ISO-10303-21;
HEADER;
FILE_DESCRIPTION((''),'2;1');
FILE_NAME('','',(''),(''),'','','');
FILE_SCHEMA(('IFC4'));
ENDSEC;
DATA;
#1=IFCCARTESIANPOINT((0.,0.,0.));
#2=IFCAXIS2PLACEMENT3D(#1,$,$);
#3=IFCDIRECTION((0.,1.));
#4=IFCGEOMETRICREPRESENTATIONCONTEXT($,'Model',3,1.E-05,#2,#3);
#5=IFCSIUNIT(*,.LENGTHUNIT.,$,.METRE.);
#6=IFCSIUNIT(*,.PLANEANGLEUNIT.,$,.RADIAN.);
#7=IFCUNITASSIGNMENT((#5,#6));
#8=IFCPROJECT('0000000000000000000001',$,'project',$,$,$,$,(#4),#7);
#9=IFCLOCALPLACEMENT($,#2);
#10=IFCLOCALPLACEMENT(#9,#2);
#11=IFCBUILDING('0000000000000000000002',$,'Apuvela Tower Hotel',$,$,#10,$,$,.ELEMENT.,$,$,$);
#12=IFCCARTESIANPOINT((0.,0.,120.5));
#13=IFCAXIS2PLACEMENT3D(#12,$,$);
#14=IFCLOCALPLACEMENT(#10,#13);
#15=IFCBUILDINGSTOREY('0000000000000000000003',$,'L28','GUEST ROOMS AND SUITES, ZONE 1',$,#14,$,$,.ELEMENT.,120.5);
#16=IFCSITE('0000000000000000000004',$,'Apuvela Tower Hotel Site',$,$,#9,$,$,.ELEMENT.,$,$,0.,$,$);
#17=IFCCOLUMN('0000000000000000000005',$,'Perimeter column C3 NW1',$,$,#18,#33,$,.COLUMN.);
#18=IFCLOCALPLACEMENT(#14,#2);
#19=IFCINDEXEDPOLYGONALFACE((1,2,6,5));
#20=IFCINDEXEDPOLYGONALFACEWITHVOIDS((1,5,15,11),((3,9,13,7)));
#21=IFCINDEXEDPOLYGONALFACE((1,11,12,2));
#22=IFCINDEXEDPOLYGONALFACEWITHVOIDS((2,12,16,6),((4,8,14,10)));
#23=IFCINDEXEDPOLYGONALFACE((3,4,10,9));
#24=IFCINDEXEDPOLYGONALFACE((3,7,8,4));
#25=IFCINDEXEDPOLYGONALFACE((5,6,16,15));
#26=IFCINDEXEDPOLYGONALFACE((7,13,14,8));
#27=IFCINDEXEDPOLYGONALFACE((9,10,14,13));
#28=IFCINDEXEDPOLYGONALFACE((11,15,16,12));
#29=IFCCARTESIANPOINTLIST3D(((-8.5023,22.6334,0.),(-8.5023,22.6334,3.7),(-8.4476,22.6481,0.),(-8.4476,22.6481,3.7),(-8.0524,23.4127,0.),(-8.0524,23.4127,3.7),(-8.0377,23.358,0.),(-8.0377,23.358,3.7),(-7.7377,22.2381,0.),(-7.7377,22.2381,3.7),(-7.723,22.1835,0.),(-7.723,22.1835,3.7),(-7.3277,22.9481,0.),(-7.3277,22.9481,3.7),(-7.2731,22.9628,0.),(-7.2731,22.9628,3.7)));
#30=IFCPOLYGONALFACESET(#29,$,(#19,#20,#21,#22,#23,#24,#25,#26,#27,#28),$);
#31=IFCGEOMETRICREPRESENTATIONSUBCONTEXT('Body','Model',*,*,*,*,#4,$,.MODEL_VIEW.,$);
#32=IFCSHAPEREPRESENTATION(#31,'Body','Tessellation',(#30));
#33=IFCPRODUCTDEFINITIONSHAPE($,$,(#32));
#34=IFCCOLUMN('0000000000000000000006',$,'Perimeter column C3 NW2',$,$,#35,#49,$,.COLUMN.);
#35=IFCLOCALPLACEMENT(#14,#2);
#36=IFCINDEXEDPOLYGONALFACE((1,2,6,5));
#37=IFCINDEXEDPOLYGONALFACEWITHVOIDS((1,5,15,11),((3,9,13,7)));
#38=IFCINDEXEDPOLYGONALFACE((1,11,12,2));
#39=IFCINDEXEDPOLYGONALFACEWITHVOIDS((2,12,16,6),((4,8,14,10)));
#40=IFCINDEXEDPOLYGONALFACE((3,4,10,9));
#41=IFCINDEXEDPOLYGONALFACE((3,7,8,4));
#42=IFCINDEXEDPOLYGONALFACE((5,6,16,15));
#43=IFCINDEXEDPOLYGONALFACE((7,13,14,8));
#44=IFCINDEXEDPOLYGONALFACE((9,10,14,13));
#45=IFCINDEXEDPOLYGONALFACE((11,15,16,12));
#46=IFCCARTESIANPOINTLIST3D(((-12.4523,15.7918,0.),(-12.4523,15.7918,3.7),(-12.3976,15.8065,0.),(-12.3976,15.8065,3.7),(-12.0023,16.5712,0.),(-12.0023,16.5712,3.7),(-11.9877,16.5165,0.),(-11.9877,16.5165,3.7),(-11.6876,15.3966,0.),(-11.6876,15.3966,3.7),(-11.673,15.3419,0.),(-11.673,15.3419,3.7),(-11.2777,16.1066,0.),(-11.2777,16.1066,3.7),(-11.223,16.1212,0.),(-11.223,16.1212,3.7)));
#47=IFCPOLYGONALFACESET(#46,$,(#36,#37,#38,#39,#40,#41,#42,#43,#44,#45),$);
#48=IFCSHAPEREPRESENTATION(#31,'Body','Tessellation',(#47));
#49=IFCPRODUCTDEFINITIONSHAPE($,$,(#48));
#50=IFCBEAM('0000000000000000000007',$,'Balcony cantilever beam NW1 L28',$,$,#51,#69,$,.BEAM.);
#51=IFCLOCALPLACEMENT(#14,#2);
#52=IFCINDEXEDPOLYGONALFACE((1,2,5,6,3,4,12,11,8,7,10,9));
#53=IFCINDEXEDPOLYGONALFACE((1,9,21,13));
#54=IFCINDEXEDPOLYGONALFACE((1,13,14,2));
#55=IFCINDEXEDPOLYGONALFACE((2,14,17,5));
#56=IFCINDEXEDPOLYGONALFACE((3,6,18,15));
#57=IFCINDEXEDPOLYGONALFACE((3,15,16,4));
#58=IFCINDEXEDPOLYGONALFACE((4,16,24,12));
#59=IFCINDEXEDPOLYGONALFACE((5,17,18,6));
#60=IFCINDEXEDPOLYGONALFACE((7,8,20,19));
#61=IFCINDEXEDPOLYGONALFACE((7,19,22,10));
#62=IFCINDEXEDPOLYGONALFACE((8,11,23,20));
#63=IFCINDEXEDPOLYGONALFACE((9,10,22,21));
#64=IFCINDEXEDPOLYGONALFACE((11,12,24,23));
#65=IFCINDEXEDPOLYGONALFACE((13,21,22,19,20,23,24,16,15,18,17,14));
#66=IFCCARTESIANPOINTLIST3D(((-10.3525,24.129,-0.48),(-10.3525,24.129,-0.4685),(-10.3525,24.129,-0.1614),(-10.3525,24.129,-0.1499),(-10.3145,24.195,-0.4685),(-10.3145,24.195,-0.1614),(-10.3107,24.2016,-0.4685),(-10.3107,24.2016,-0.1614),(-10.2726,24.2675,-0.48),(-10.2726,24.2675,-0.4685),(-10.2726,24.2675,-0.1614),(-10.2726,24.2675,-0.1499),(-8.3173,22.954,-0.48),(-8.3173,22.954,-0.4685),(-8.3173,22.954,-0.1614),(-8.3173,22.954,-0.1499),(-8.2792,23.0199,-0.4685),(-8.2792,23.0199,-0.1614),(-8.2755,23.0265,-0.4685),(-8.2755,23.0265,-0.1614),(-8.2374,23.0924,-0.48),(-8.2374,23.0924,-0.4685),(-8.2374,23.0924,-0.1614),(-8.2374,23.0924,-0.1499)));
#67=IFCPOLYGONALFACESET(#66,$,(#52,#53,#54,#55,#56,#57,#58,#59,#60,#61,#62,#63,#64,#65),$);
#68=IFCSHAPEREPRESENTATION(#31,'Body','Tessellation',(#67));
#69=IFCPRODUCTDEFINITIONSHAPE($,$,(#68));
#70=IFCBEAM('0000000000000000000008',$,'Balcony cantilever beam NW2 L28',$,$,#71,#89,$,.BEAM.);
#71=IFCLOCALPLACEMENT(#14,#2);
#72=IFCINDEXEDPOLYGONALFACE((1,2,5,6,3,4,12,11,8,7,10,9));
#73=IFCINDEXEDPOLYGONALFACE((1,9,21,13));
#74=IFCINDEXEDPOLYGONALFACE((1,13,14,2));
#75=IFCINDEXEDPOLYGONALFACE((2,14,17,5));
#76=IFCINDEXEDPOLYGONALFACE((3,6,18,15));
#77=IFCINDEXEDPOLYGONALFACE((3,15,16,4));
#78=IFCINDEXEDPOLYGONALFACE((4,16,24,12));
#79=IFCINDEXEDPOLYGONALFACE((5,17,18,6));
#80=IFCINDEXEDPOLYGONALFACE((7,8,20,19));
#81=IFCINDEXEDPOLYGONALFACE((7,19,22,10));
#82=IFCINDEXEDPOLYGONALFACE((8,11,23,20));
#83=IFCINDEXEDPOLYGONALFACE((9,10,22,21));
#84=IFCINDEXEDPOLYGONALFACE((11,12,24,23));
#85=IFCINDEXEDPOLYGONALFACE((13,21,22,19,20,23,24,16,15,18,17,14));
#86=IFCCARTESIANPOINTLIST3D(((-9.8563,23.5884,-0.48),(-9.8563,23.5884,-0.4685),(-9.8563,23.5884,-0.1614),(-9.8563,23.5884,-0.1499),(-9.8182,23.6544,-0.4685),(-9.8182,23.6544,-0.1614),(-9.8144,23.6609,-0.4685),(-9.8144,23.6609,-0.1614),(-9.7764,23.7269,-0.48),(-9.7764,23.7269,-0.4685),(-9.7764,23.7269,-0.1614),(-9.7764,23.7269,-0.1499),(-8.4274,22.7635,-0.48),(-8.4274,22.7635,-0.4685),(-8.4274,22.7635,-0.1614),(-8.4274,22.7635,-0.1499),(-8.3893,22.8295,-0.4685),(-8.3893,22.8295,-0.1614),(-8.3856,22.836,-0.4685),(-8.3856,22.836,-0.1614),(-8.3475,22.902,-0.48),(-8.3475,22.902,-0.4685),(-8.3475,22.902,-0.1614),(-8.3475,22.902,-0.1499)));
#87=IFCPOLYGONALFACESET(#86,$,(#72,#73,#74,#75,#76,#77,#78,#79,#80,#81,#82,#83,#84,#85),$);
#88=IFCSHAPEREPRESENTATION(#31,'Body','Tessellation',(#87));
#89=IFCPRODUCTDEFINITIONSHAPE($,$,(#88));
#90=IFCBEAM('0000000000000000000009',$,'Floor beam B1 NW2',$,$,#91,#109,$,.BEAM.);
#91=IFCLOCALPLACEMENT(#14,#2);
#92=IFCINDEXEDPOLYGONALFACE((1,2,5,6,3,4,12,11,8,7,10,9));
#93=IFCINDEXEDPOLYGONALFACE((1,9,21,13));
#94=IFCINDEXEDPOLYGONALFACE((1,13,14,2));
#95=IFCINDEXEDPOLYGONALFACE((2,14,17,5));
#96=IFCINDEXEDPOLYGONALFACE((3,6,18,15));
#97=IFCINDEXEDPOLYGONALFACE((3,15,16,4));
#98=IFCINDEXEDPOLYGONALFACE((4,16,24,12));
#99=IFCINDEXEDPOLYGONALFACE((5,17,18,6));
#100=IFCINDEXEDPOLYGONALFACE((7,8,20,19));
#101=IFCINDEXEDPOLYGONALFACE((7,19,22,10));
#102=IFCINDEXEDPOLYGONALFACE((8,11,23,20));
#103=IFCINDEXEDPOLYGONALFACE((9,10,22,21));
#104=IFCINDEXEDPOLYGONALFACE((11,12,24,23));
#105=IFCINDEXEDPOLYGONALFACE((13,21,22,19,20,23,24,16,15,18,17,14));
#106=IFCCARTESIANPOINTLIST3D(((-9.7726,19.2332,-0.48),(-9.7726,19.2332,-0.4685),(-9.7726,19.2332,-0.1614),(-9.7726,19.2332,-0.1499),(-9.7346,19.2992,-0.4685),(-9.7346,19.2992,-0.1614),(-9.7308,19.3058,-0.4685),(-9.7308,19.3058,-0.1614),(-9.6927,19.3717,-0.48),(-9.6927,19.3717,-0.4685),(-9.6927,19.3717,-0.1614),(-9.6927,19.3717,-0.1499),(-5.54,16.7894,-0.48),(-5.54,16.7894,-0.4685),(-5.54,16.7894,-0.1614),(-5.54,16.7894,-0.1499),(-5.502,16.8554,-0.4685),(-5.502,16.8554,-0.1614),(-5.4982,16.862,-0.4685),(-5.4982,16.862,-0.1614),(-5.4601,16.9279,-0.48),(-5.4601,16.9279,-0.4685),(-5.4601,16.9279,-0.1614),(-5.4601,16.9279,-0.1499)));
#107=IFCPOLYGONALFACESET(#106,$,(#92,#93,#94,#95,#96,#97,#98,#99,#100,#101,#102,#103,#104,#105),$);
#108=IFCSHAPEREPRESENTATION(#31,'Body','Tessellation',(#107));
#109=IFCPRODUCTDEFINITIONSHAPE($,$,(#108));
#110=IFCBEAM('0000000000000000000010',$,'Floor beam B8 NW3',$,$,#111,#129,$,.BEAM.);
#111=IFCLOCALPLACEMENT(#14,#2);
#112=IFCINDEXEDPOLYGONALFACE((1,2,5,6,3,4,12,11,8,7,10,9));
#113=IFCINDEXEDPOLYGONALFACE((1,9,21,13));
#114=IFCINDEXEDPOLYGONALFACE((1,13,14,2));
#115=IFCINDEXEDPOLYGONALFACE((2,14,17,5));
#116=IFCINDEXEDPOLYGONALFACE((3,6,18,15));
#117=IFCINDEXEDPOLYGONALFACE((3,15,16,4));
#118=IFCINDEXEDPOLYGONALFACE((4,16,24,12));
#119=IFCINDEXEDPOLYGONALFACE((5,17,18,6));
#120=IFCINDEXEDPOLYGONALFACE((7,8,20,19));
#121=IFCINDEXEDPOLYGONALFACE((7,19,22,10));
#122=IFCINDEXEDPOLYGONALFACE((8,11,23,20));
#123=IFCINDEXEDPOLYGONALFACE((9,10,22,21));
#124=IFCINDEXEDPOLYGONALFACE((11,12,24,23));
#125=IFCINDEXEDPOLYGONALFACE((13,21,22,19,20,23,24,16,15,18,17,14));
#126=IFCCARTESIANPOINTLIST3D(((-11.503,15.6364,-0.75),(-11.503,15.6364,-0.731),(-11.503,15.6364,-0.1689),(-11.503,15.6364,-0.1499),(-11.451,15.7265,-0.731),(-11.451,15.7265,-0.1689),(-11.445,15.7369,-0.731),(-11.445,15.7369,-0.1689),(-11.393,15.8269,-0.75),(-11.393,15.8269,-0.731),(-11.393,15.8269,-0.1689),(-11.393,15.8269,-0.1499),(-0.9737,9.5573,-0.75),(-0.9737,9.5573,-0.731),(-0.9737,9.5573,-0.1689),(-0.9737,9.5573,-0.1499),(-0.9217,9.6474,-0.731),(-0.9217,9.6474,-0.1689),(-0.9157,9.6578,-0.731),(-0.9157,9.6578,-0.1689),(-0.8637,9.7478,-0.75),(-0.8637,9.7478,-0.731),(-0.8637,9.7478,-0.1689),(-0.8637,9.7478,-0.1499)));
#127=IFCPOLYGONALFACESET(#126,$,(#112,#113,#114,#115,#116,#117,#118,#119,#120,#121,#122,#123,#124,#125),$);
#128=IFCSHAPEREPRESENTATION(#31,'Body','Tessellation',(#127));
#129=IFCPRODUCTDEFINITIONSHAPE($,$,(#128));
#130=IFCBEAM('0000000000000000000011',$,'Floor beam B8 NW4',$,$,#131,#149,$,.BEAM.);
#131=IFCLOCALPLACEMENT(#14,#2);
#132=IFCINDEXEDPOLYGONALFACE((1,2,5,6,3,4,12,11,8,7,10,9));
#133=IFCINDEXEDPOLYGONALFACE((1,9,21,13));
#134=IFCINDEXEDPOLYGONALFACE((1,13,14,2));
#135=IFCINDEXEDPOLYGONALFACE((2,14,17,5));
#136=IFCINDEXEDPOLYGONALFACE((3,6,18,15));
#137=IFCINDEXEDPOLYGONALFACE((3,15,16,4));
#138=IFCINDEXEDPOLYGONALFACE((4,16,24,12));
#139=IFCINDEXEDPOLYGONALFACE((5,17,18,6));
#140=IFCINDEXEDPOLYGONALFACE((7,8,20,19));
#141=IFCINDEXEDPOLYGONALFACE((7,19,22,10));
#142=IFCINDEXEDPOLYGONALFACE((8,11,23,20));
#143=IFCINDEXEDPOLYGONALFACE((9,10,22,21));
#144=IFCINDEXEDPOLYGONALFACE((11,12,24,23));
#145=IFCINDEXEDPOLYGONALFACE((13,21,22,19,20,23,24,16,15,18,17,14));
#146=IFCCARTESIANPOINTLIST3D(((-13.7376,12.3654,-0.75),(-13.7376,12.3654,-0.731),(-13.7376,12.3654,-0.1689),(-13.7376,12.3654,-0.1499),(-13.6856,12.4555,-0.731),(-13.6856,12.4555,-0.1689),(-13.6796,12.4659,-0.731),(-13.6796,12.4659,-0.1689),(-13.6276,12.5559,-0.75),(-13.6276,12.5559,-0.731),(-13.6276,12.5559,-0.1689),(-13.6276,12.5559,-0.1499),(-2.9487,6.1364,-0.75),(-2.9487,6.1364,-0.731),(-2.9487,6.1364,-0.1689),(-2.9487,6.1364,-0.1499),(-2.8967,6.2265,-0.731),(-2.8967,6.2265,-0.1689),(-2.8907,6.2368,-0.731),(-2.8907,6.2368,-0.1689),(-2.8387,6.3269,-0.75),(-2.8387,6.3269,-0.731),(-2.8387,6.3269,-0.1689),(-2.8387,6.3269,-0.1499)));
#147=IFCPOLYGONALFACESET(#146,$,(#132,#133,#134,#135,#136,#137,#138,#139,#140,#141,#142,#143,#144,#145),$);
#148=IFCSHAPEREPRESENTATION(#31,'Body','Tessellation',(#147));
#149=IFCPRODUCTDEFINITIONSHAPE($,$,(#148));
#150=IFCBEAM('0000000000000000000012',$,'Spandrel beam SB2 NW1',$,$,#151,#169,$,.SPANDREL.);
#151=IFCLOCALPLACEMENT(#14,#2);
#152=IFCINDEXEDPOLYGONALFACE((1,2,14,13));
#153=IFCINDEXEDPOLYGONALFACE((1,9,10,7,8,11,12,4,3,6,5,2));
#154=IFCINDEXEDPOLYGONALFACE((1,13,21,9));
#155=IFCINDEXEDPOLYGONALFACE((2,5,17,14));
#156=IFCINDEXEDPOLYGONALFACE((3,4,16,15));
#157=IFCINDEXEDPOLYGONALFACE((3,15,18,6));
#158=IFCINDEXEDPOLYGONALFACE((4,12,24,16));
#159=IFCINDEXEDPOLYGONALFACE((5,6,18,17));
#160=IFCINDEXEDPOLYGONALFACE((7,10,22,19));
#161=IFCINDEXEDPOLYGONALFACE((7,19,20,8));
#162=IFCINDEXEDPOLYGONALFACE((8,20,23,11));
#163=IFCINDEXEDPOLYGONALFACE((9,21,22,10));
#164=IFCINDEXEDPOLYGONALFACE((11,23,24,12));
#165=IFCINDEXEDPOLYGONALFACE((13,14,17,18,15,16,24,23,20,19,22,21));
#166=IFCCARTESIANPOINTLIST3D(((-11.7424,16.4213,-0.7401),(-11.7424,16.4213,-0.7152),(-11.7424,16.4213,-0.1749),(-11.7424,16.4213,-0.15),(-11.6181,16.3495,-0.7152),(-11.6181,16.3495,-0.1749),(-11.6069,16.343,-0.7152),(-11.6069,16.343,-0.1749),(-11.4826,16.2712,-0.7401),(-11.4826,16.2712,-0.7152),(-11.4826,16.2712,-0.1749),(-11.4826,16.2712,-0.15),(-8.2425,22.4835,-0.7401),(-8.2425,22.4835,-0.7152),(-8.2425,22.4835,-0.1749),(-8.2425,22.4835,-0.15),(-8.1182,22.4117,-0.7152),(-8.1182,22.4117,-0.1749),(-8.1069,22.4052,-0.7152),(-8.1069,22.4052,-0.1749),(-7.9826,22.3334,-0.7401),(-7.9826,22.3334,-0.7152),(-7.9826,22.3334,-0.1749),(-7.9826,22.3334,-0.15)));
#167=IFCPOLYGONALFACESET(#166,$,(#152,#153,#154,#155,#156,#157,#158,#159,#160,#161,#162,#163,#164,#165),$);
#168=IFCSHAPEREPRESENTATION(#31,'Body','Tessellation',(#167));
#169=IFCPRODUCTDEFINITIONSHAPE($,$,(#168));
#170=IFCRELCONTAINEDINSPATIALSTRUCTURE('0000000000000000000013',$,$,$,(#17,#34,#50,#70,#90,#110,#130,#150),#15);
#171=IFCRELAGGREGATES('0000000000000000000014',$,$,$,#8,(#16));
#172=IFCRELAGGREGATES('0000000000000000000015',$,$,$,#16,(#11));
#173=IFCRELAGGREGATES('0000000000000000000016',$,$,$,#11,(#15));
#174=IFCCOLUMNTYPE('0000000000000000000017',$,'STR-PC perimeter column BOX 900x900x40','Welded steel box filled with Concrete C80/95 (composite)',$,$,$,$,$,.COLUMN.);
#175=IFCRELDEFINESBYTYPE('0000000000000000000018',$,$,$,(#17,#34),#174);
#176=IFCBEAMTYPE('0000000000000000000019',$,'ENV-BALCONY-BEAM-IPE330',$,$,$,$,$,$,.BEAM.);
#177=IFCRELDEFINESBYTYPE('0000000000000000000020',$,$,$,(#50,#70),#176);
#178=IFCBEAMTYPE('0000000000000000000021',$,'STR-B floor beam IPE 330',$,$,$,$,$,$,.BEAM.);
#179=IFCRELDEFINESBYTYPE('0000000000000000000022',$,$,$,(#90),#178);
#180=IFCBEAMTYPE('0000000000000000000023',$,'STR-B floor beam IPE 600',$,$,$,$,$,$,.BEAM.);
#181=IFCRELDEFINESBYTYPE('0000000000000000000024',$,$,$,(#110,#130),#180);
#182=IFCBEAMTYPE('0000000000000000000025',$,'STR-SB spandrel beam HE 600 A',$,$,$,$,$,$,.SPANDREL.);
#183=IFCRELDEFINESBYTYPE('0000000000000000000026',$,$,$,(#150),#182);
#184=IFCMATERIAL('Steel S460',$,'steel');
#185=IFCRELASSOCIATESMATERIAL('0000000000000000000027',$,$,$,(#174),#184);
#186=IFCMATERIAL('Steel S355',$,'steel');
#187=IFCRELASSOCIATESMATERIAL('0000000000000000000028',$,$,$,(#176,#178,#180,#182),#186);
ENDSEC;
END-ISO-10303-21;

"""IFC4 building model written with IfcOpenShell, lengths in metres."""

from ifc_helpers import new_model, si_unit, direction, frame, origin, origin_2d, place, context, subcontext, project, spatial, rectangle, hollow_rectangle, i_section, extrude, material, material_profile, profile_set, type_object, element, save


model = new_model("IFC4")

# Units and contexts
model_context = context("Model", 3, precision=1e-05, world=origin(), true_north=direction((0.0, 1.0)))
body_context = subcontext(model_context, "Body", "Model", "MODEL_VIEW")
ifc_project = project(units=[si_unit("LENGTHUNIT", "METRE"), si_unit("PLANEANGLEUNIT", "RADIAN")], contexts=[model_context])

# Site, building, storey
site_placement = place(None, origin())
site = spatial("IfcSite", under=ifc_project, at=site_placement, Name="Apuvela Tower Hotel Site", CompositionType="ELEMENT", RefElevation=0.0)
building_placement = place(site_placement, origin())
building = spatial("IfcBuilding", under=site, at=building_placement, Name="Apuvela Tower Hotel", CompositionType="ELEMENT")
storey_placement = place(building_placement, frame((0.0, 0.0, 120.5)))
storey = spatial("IfcBuildingStorey", under=building, at=storey_placement, Name="L28", Description="GUEST ROOMS AND SUITES, ZONE 1", CompositionType="ELEMENT", Elevation=120.5)

# Columns
ifc_material_1 = material(Name="Steel S460", Category="steel")
ifc_material_profile_1 = material_profile(ifc_material_1, hollow_rectangle(XDim=0.8999, YDim=0.8999, WallThickness=0.04, at=origin_2d()), Name="BOX 900x900x40")
ifc_material_2 = material(Name="Concrete C80/95", Category="concrete")
ifc_material_profile_2 = material_profile(ifc_material_2, rectangle(XDim=0.8201, YDim=0.8201, at=origin_2d()), Name="Concrete C80/95 infill")
ifc_profile_set_1 = profile_set([ifc_material_profile_1, ifc_material_profile_2], Name="Steel S460")
column_type = type_object("IfcColumnType", Name="STR-PC perimeter column BOX 900x900x40", Description="Welded steel box filled with Concrete C80/95 (composite)", PredefinedType="COLUMN", material=ifc_profile_set_1)
for number, where, z_axis, x_axis, name in (
    (1, (-7.8877, 22.7981, 0.0), (0.0, 0.0, 1.0), (0.5, 0.866025, 0.0), "Perimeter column C3 NW1"),
    (2, (-11.8376, 15.9565, 0.0), (0.0, 0.0, 1.0), (0.5, 0.866025, 0.0), "Perimeter column C3 NW2"),
):
    element("IfcColumn", number, at=place(storey_placement, frame(where, z_axis=z_axis, x_axis=x_axis)), inside=storey, type_object=column_type, Name=name, PredefinedType="COLUMN", context=body_context, shape_type="SweptSolid", body=[
        extrude(hollow_rectangle(XDim=0.8999, YDim=0.8999, WallThickness=0.04, at=origin_2d()), origin(), (0.0, 0.0, 1.0), 3.7),
    ])

# Beams
ifc_material_3 = material(Name="Steel S355", Category="steel")
ifc_material_profile_3 = material_profile(ifc_material_3, i_section(OverallWidth=0.1599, OverallDepth=0.3301, WebThickness=0.0076, FlangeThickness=0.0115, at=origin_2d()), Name="IPE 330")
ifc_profile_set_2 = profile_set([ifc_material_profile_3], Name="Steel S355")
beam_type_1 = type_object("IfcBeamType", Name="ENV-BALCONY-BEAM-IPE330", PredefinedType="BEAM", material=ifc_profile_set_2)
beam_1_placement = place(storey_placement, frame((-8.2773, 23.0232, -0.3149), z_axis=(-0.866016, 0.500016, 0.0), x_axis=(-0.500016, -0.866016, 0.0)))
element("IfcBeam", 3, at=beam_1_placement, inside=storey, type_object=beam_type_1, Name="Balcony cantilever beam NW1 L28", PredefinedType="BEAM", context=body_context, shape_type="SweptSolid", body=[
    extrude(i_section(OverallWidth=0.1599, OverallDepth=0.3301, WebThickness=0.0076, FlangeThickness=0.0115, at=origin_2d()), origin(), (0.0, 0.0, 1.0), 2.3501),
])
beam_2_placement = place(storey_placement, frame((-8.3875, 22.8328, -0.3149), z_axis=(-0.86604, 0.499974, 0.0), x_axis=(-0.499974, -0.86604, 0.0)))
element("IfcBeam", 4, at=beam_2_placement, inside=storey, type_object=beam_type_1, Name="Balcony cantilever beam NW2 L28", PredefinedType="BEAM", context=body_context, shape_type="SweptSolid", body=[
    extrude(i_section(OverallWidth=0.1599, OverallDepth=0.3301, WebThickness=0.0076, FlangeThickness=0.0115, at=origin_2d()), origin(), (0.0, 0.0, 1.0), 1.6499),
])
ifc_material_profile_4 = material_profile(ifc_material_3, i_section(OverallWidth=0.1599, OverallDepth=0.3301, WebThickness=0.0076, FlangeThickness=0.0115, at=origin_2d()), Name="IPE 330")
ifc_profile_set_3 = profile_set([ifc_material_profile_4], Name="Steel S355")
beam_type_2 = type_object("IfcBeamType", Name="STR-B floor beam IPE 330", PredefinedType="BEAM", material=ifc_profile_set_3)
beam_3_placement = place(storey_placement, frame((-9.7327, 19.3025, -0.3149), z_axis=(0.866015, -0.500018, 0.0), x_axis=(0.500018, 0.866015, 0.0)))
element("IfcBeam", 5, at=beam_3_placement, inside=storey, type_object=beam_type_2, Name="Floor beam B1 NW2", PredefinedType="BEAM", context=body_context, shape_type="SweptSolid", body=[
    extrude(i_section(OverallWidth=0.1599, OverallDepth=0.3301, WebThickness=0.0076, FlangeThickness=0.0115, at=origin_2d()), origin(), (0.0, 0.0, 1.0), 4.8875),
])
ifc_material_profile_5 = material_profile(ifc_material_3, i_section(OverallWidth=0.22, OverallDepth=0.6001, WebThickness=0.012, FlangeThickness=0.019, at=origin_2d()), Name="IPE 600")
ifc_profile_set_4 = profile_set([ifc_material_profile_5], Name="Steel S355")
beam_type_3 = type_object("IfcBeamType", Name="STR-B floor beam IPE 600", PredefinedType="BEAM", material=ifc_profile_set_4)
beam_4_placement = place(storey_placement, frame((-11.448, 15.7317, -0.45), z_axis=(0.866025, -0.500001, 0.0), x_axis=(0.500001, 0.866025, 0.0)))
element("IfcBeam", 6, at=beam_4_placement, inside=storey, type_object=beam_type_3, Name="Floor beam B8 NW3", PredefinedType="BEAM", context=body_context, shape_type="SweptSolid", body=[
    extrude(i_section(OverallWidth=0.22, OverallDepth=0.6001, WebThickness=0.012, FlangeThickness=0.019, at=origin_2d()), origin(), (0.0, 0.0, 1.0), 12.1582),
])
beam_5_placement = place(storey_placement, frame((-13.6826, 12.4607, -0.45), z_axis=(0.866023, -0.500005, 0.0), x_axis=(0.500005, 0.866023, 0.0)))
element("IfcBeam", 7, at=beam_5_placement, inside=storey, type_object=beam_type_3, Name="Floor beam B8 NW4", PredefinedType="BEAM", context=body_context, shape_type="SweptSolid", body=[
    extrude(i_section(OverallWidth=0.22, OverallDepth=0.6001, WebThickness=0.012, FlangeThickness=0.019, at=origin_2d()), origin(), (0.0, 0.0, 1.0), 12.458),
])
ifc_material_profile_6 = material_profile(ifc_material_3, i_section(OverallWidth=0.3, OverallDepth=0.5901, WebThickness=0.0129, FlangeThickness=0.0249, at=origin_2d()), Name="HE 600 A")
ifc_profile_set_5 = profile_set([ifc_material_profile_6], Name="Steel S355")
beam_type_4 = type_object("IfcBeamType", Name="STR-SB spandrel beam HE 600 A", PredefinedType="SPANDREL", material=ifc_profile_set_5)
for number, where, z_axis, x_axis, name in (
    (8, (-8.1125, 22.4084, -0.4451), (-0.499995, -0.866028, 0.0), (0.866028, -0.499995, 0.0), "Spandrel beam SB2 NW1"),
):
    element("IfcBeam", number, at=place(storey_placement, frame(where, z_axis=z_axis, x_axis=x_axis)), inside=storey, type_object=beam_type_4, Name=name, PredefinedType="SPANDREL", context=body_context, shape_type="SweptSolid", body=[
        extrude(i_section(OverallWidth=0.3, OverallDepth=0.5901, WebThickness=0.0129, FlangeThickness=0.0249, at=origin_2d()), origin(), (0.0, 0.0, 1.0), 7.0),
    ])

save(model, "model.ifc")
